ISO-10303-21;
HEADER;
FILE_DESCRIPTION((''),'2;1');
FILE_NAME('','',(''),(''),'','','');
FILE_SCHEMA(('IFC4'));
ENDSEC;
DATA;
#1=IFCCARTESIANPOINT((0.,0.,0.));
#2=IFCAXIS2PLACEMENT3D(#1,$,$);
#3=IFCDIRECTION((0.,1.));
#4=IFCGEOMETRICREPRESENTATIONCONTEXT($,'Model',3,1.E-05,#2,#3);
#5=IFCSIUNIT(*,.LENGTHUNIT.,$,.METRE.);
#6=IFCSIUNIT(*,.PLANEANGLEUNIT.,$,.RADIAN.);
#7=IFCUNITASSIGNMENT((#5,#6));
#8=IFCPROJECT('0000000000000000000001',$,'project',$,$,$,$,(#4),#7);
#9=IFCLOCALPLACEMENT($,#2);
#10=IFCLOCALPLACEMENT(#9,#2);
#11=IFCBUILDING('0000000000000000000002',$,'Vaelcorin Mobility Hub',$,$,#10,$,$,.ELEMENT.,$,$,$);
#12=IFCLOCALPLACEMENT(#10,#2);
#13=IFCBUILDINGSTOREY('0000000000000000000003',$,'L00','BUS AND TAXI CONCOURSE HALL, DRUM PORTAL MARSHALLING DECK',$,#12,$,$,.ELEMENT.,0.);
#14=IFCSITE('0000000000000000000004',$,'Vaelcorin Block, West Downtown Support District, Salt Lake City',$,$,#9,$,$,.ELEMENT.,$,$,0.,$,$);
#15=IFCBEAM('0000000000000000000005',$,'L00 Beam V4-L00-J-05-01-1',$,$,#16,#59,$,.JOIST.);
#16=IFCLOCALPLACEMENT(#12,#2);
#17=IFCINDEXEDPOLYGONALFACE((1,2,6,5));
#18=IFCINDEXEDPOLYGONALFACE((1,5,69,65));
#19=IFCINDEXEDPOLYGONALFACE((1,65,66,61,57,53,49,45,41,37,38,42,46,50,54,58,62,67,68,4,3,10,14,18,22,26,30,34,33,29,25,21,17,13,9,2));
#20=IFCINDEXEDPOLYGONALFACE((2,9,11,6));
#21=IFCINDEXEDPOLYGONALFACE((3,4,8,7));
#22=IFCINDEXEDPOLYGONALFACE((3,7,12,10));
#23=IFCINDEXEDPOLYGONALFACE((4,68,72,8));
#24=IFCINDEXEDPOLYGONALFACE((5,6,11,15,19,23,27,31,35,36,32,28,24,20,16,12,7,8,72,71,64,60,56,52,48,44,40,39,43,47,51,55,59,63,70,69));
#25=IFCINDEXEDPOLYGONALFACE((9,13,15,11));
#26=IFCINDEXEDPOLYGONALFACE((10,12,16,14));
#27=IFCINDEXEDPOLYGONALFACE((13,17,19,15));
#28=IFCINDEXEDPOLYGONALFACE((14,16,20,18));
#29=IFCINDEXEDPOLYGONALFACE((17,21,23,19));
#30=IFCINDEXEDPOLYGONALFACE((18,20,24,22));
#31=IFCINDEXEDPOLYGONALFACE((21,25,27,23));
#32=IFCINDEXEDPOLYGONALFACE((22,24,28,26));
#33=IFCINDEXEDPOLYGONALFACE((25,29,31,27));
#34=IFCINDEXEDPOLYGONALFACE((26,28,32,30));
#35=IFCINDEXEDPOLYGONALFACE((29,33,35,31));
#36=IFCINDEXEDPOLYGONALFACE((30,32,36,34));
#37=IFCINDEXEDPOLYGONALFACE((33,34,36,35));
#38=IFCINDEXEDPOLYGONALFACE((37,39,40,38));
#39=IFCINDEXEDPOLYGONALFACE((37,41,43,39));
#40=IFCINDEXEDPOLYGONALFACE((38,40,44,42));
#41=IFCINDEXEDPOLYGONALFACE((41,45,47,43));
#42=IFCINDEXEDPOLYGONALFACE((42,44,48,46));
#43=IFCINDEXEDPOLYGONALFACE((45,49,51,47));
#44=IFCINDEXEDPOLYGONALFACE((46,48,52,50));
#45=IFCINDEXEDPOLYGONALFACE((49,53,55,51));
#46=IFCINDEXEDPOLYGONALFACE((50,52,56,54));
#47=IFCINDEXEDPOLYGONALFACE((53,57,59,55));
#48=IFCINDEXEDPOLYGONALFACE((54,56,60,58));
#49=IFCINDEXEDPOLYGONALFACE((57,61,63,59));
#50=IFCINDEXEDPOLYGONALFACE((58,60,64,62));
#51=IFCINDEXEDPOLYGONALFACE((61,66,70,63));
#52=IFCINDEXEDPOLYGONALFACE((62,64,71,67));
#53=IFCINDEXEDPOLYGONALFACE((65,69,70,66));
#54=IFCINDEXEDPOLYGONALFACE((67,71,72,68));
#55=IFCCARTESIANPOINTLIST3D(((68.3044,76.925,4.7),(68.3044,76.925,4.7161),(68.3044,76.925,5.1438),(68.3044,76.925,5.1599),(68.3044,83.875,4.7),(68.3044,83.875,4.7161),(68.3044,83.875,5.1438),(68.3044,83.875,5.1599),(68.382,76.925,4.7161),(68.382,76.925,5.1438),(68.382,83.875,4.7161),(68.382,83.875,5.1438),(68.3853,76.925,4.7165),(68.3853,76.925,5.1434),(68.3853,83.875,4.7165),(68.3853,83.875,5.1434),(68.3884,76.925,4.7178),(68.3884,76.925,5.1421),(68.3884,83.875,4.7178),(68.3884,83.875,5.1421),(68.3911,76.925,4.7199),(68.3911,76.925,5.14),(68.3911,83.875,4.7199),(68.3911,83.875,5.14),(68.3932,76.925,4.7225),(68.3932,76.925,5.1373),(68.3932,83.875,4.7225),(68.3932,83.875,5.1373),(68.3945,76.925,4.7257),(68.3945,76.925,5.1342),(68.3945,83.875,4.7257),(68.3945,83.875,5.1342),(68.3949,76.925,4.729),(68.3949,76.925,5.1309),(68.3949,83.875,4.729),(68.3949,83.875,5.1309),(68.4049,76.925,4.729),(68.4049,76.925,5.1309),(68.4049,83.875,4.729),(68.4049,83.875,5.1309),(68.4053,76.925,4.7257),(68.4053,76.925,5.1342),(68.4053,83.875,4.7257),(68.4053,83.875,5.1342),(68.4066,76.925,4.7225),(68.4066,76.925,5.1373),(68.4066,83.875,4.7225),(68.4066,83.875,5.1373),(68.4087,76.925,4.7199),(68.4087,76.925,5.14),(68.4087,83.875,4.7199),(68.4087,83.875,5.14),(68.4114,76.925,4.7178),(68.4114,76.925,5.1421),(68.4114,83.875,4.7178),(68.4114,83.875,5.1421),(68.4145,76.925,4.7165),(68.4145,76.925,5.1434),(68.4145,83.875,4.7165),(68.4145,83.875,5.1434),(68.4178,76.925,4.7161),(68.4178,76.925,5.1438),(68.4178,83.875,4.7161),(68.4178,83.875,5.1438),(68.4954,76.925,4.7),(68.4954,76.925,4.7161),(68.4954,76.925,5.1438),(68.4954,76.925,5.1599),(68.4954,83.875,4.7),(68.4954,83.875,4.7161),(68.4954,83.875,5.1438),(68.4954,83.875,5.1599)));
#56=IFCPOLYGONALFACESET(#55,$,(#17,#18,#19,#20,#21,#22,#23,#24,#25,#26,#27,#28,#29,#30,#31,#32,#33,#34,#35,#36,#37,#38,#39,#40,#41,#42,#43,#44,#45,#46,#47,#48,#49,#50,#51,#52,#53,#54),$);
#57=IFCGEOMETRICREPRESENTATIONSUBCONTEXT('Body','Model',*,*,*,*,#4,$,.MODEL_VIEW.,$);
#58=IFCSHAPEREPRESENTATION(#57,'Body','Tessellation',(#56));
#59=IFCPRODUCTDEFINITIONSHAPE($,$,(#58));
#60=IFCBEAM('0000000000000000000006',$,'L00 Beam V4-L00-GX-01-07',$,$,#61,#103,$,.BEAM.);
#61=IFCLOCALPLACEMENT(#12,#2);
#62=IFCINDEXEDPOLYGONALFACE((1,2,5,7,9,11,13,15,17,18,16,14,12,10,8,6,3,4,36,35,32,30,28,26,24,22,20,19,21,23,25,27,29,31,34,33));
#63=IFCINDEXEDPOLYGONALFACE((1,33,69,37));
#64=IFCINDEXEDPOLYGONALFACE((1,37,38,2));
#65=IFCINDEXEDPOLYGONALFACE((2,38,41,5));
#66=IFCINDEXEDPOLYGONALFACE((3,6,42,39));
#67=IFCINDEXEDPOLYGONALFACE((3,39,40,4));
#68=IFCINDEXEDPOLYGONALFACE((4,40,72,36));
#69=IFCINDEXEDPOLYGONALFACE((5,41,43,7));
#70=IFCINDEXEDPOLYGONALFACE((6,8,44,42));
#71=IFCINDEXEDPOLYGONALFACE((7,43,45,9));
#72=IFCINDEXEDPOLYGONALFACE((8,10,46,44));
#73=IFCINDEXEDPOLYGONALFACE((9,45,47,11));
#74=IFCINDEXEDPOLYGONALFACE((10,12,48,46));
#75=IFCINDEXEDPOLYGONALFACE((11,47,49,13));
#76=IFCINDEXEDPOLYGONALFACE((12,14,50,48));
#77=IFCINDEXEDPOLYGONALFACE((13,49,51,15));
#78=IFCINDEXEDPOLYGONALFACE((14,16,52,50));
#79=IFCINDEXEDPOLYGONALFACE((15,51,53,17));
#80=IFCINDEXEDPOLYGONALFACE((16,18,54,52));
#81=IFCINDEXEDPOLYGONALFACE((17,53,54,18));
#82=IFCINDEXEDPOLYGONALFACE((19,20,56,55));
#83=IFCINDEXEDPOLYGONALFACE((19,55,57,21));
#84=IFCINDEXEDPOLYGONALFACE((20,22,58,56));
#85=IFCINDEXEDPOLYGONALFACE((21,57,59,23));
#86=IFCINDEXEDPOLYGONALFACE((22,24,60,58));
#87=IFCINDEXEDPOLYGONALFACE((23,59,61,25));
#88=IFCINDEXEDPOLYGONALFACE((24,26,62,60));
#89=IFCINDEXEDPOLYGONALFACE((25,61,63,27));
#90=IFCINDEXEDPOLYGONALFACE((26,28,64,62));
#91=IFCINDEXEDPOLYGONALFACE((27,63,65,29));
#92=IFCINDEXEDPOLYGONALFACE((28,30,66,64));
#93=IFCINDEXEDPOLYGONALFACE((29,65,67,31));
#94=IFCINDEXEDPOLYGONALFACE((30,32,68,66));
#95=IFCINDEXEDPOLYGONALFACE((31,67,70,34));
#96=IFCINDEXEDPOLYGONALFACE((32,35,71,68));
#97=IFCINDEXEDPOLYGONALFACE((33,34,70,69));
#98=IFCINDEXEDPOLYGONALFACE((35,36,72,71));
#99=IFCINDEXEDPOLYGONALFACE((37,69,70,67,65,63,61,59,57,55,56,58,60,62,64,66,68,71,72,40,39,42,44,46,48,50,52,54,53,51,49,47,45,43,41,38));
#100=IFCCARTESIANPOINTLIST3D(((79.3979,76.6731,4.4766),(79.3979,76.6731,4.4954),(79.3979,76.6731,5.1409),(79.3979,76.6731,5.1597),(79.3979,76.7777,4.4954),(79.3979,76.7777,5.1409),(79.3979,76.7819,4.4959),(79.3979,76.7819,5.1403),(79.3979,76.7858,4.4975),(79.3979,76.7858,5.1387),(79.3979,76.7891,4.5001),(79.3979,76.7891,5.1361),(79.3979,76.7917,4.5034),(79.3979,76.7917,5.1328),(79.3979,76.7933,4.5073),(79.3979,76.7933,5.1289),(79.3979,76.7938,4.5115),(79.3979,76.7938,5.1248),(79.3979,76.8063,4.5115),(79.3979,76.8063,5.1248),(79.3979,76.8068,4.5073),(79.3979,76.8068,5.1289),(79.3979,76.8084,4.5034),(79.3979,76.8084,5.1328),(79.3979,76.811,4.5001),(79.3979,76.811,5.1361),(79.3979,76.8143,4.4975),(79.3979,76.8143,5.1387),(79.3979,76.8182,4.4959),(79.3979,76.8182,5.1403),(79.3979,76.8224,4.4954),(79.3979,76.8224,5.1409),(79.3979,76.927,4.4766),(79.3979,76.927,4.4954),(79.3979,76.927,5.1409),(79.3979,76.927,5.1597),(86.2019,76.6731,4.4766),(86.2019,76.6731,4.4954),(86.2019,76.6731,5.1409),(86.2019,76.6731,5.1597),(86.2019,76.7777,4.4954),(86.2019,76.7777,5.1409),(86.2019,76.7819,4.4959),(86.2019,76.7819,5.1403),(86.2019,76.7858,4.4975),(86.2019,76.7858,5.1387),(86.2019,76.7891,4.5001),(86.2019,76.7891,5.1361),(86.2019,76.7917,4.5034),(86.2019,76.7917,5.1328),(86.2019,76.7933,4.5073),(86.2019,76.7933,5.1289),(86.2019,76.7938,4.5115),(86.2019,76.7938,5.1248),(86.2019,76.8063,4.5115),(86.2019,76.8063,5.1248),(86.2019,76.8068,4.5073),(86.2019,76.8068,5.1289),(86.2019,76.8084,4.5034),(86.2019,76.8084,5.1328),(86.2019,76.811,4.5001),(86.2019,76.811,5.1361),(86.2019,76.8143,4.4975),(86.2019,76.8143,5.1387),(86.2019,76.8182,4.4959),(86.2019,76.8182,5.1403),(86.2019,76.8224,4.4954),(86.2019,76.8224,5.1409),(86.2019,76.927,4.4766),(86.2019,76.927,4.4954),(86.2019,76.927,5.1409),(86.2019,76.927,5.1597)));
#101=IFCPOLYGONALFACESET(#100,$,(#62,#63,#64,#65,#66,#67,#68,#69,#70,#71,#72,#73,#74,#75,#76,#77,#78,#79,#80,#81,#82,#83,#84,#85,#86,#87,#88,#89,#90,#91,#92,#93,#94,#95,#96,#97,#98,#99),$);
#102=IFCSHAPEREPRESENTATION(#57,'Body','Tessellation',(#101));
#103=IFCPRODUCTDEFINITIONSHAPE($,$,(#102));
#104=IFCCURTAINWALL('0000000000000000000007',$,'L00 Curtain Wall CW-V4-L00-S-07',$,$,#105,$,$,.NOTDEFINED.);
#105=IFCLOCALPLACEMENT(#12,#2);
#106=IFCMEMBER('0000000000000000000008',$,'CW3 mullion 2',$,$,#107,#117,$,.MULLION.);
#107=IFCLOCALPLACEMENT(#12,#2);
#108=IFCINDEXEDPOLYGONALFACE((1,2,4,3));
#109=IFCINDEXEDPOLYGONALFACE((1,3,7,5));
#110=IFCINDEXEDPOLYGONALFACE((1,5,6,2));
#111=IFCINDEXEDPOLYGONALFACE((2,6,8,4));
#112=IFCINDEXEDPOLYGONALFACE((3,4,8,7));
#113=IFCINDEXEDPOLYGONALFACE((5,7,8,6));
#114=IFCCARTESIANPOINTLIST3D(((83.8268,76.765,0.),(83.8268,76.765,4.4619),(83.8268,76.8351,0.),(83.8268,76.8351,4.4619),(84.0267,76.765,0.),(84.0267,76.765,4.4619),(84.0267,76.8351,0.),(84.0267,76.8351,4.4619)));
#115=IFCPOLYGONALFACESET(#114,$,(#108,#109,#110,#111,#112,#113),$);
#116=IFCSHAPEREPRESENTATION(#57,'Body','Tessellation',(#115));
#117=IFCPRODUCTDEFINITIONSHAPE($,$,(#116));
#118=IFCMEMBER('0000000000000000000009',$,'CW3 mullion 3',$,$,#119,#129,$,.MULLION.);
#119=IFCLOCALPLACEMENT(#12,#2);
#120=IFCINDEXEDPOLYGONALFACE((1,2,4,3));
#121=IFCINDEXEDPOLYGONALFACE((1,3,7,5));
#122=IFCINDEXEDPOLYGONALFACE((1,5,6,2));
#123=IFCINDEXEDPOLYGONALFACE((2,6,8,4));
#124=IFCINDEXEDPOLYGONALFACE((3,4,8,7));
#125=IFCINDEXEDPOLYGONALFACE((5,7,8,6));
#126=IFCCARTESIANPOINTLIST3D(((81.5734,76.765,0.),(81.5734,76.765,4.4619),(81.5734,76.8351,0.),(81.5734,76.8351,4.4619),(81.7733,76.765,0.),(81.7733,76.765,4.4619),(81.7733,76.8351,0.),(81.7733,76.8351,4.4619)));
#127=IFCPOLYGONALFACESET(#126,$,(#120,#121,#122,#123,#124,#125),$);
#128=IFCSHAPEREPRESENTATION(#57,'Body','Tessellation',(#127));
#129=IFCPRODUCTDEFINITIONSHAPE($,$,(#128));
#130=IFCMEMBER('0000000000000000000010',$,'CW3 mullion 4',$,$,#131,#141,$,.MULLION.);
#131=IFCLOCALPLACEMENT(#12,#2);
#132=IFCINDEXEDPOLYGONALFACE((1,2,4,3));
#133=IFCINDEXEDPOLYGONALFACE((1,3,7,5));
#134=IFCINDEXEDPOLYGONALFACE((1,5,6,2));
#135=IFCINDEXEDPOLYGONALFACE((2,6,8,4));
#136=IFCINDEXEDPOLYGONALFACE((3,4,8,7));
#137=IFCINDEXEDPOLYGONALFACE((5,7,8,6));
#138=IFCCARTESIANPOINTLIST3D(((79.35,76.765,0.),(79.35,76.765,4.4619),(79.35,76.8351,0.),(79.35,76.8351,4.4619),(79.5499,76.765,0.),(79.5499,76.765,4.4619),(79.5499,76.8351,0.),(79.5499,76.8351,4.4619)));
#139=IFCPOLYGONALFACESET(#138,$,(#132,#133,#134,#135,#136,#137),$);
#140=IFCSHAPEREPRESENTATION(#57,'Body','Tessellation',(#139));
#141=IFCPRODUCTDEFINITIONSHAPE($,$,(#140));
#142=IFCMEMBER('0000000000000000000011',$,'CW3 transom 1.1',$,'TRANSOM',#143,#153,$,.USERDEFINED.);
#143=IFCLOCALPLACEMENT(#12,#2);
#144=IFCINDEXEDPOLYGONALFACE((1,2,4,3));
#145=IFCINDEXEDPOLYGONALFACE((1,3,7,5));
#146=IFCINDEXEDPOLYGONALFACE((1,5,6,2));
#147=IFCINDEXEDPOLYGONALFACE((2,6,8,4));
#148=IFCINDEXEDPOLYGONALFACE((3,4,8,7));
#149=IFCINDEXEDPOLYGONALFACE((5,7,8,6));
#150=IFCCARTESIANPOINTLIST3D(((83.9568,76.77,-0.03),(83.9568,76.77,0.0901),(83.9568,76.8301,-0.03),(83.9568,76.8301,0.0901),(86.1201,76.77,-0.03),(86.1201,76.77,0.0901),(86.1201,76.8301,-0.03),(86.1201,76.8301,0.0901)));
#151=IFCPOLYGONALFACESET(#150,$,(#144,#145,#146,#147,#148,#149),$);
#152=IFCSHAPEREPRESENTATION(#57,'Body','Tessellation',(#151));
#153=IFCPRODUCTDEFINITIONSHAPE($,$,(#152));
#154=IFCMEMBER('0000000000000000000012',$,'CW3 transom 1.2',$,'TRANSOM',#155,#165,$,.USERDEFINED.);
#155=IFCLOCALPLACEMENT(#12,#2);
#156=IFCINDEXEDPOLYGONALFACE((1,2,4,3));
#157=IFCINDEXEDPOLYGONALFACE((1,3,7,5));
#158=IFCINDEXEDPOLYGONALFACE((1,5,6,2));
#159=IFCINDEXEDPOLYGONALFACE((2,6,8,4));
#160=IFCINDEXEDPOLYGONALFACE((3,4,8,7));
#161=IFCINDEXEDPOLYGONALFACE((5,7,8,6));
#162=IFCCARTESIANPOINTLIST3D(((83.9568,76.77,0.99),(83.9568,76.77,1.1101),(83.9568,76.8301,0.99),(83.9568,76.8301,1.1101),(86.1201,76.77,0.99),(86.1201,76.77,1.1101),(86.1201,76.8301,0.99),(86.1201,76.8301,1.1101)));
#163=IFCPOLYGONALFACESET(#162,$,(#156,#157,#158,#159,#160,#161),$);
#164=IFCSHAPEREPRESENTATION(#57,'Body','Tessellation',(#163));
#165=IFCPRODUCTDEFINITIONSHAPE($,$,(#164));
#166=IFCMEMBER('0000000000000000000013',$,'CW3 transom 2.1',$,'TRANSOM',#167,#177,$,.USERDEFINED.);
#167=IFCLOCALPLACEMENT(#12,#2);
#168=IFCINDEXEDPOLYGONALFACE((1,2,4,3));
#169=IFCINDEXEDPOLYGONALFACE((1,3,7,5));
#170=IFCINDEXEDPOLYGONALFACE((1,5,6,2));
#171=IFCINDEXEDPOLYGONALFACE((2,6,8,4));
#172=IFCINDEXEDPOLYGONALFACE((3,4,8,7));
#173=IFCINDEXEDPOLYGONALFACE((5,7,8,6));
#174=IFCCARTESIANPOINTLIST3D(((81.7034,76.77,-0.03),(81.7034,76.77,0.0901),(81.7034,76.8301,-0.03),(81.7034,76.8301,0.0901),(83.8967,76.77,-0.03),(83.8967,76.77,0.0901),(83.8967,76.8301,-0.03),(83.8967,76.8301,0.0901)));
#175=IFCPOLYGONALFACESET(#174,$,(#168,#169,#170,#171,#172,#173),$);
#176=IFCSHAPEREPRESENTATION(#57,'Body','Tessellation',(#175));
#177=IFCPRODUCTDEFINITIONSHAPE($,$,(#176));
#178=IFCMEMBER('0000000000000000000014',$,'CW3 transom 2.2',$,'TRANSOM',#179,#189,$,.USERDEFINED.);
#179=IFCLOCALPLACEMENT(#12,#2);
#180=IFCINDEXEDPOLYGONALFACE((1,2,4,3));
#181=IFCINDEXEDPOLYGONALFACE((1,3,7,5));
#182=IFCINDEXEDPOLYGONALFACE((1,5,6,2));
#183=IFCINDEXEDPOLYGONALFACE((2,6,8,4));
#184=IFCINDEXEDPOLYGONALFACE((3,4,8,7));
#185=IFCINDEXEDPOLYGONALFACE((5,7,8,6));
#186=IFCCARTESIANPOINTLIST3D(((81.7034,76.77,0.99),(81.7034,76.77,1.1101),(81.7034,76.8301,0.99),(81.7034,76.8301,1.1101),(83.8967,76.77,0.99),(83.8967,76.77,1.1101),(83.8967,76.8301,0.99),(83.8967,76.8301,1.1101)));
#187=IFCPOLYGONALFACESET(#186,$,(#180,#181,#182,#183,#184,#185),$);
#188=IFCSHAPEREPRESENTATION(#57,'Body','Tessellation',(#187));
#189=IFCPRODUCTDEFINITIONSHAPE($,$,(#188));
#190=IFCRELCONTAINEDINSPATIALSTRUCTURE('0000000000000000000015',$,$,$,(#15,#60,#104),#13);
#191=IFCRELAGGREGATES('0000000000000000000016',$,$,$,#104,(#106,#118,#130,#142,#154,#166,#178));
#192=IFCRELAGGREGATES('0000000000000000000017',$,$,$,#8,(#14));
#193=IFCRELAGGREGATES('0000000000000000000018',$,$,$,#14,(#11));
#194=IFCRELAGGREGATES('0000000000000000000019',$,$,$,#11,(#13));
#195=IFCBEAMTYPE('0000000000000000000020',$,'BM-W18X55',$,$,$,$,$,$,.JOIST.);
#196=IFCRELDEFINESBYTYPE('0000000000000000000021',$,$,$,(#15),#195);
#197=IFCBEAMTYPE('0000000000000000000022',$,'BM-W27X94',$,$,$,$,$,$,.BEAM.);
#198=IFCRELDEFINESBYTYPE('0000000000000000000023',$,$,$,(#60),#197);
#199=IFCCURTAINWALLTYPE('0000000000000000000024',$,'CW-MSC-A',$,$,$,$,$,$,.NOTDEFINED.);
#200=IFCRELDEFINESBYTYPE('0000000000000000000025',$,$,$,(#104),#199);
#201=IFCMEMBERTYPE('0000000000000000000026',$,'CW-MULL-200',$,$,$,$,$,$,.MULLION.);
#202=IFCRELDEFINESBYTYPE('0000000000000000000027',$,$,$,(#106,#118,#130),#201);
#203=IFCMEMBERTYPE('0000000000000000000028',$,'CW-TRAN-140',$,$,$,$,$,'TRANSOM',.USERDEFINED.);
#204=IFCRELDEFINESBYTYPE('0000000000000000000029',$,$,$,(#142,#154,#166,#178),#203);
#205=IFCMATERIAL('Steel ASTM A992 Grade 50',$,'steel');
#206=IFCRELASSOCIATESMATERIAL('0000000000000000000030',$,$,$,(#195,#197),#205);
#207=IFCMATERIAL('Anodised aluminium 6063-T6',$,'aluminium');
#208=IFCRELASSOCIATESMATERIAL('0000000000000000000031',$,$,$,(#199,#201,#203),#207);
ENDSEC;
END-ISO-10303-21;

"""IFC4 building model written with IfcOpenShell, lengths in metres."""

from ifc_helpers import new_model, si_unit, direction, frame, origin, origin_2d, place, context, subcontext, project, spatial, rectangle, i_section, extrude, material, material_profile, profile_set, type_object, element, aggregate, save


model = new_model("IFC4")

# Units and contexts
model_context = context("Model", 3, precision=1e-05, world=origin(), true_north=direction((0.0, 1.0)))
body_context = subcontext(model_context, "Body", "Model", "MODEL_VIEW")
ifc_project = project(units=[si_unit("LENGTHUNIT", "METRE"), si_unit("PLANEANGLEUNIT", "RADIAN")], contexts=[model_context])

# Site, building, storey
site_placement = place(None, origin())
site = spatial("IfcSite", under=ifc_project, at=site_placement, Name="Vaelcorin Block, West Downtown Support District, Salt Lake City", CompositionType="ELEMENT", RefElevation=0.0)
building_placement = place(site_placement, origin())
building = spatial("IfcBuilding", under=site, at=building_placement, Name="Vaelcorin Mobility Hub", CompositionType="ELEMENT")
storey_placement = place(building_placement, origin())
storey = spatial("IfcBuildingStorey", under=building, at=storey_placement, Name="L00", Description="BUS AND TAXI CONCOURSE HALL, DRUM PORTAL MARSHALLING DECK", CompositionType="ELEMENT", Elevation=0.0)

# Beams
ifc_material_1 = material(Name="Steel ASTM A992 Grade 50", Category="steel")
ifc_material_profile_1 = material_profile(ifc_material_1, i_section(OverallWidth=0.1909, OverallDepth=0.46, WebThickness=0.01, FlangeThickness=0.0161, FilletRadius=0.0129, at=origin_2d()), Name="W18X55")
ifc_profile_set_1 = profile_set([ifc_material_profile_1], Name="Steel ASTM A992 Grade 50")
beam_type_1 = type_object("IfcBeamType", Name="BM-W18X55", PredefinedType="JOIST", material=ifc_profile_set_1)
beam_1_placement = place(storey_placement, frame((68.3999, 76.925, 4.9299), z_axis=(0.0, 1.0, 0.0), x_axis=(-1.0, 0.0, 0.0)))
element("IfcBeam", 1, at=beam_1_placement, inside=storey, type_object=beam_type_1, Name="L00 Beam V4-L00-J-05-01-1", PredefinedType="JOIST", context=body_context, shape_type="SweptSolid", body=[
    extrude(i_section(OverallWidth=0.1909, OverallDepth=0.46, WebThickness=0.01, FlangeThickness=0.0161, FilletRadius=0.0129, at=origin_2d()), origin(), (0.0, 0.0, 1.0), 6.95),
])
ifc_material_profile_2 = material_profile(ifc_material_1, i_section(OverallWidth=0.2539, OverallDepth=0.6831, WebThickness=0.0125, FlangeThickness=0.0188, FilletRadius=0.0161, at=origin_2d()), Name="W27X94")
ifc_profile_set_2 = profile_set([ifc_material_profile_2], Name="Steel ASTM A992 Grade 50")
beam_type_2 = type_object("IfcBeamType", Name="BM-W27X94", PredefinedType="BEAM", material=ifc_profile_set_2)
beam_2_placement = place(storey_placement, frame((79.3979, 76.8, 4.8181), z_axis=(1.0, 0.0, 0.0), x_axis=(0.0, 1.0, 0.0)))
element("IfcBeam", 2, at=beam_2_placement, inside=storey, type_object=beam_type_2, Name="L00 Beam V4-L00-GX-01-07", PredefinedType="BEAM", context=body_context, shape_type="SweptSolid", body=[
    extrude(i_section(OverallWidth=0.2539, OverallDepth=0.6831, WebThickness=0.0125, FlangeThickness=0.0188, FilletRadius=0.0161, at=origin_2d()), origin(), (0.0, 0.0, 1.0), 6.804),
])

# Curtain wall, members
ifc_material_2 = material(Name="Anodised aluminium 6063-T6", Category="aluminium")
curtain_wall_type = type_object("IfcCurtainWallType", Name="CW-MSC-A", PredefinedType="NOTDEFINED", material=ifc_material_2)
curtain_wall_placement = place(storey_placement, origin())
curtain_wall = element("IfcCurtainWall", 3, at=curtain_wall_placement, inside=storey, type_object=curtain_wall_type, Name="L00 Curtain Wall CW-V4-L00-S-07", PredefinedType="NOTDEFINED")
ifc_material_profile_3 = material_profile(ifc_material_2, rectangle(XDim=0.0701, YDim=0.2, at=origin_2d()), Name="ALU-M70X200")
ifc_profile_set_3 = profile_set([ifc_material_profile_3], Name="Anodised aluminium 6063-T6")
member_type_1 = type_object("IfcMemberType", Name="CW-MULL-200", PredefinedType="MULLION", material=ifc_profile_set_3)
member_1_placement = place(storey_placement, frame((83.9268, 76.8, 0.0), z_axis=(0.0, 0.0, 1.0), x_axis=(0.0, -1.0, 0.0)))
member_1 = element("IfcMember", 4, at=member_1_placement, type_object=member_type_1, Name="CW3 mullion 2", PredefinedType="MULLION", context=body_context, shape_type="SweptSolid", body=[
    extrude(rectangle(XDim=0.0701, YDim=0.2, at=origin_2d()), origin(), (0.0, 0.0, 1.0), 4.4619),
])
member_2_placement = place(storey_placement, frame((81.6733, 76.8, 0.0), z_axis=(0.0, 0.0, 1.0), x_axis=(0.0, -1.0, 0.0)))
member_2 = element("IfcMember", 5, at=member_2_placement, type_object=member_type_1, Name="CW3 mullion 3", PredefinedType="MULLION", context=body_context, shape_type="SweptSolid", body=[
    extrude(rectangle(XDim=0.0701, YDim=0.2, at=origin_2d()), origin(), (0.0, 0.0, 1.0), 4.4619),
])
member_3_placement = place(storey_placement, frame((79.45, 76.8, 0.0), z_axis=(0.0, 0.0, 1.0), x_axis=(0.0, -1.0, 0.0)))
member_3 = element("IfcMember", 6, at=member_3_placement, type_object=member_type_1, Name="CW3 mullion 4", PredefinedType="MULLION", context=body_context, shape_type="SweptSolid", body=[
    extrude(rectangle(XDim=0.0701, YDim=0.2, at=origin_2d()), origin(), (0.0, 0.0, 1.0), 4.4619),
])
ifc_material_profile_4 = material_profile(ifc_material_2, rectangle(XDim=0.0601, YDim=0.1201, at=origin_2d()), Name="ALU-T60X120")
ifc_profile_set_4 = profile_set([ifc_material_profile_4], Name="Anodised aluminium 6063-T6")
member_type_2 = type_object("IfcMemberType", Name="CW-TRAN-140", ElementType="TRANSOM", PredefinedType="USERDEFINED", material=ifc_profile_set_4)
member_4_placement = place(storey_placement, frame((86.1201, 76.8, 0.03), z_axis=(-1.0, 0.0, 0.0), x_axis=(0.0, -1.0, 0.0)))
member_4 = element("IfcMember", 7, at=member_4_placement, type_object=member_type_2, Name="CW3 transom 1.1", ObjectType="TRANSOM", PredefinedType="USERDEFINED", context=body_context, shape_type="SweptSolid", body=[
    extrude(rectangle(XDim=0.0601, YDim=0.1201, at=origin_2d()), origin(), (0.0, 0.0, 1.0), 2.1633),
])
member_5_placement = place(storey_placement, frame((86.1201, 76.8, 1.05), z_axis=(-1.0, 0.0, 0.0), x_axis=(0.0, -1.0, 0.0)))
member_5 = element("IfcMember", 8, at=member_5_placement, type_object=member_type_2, Name="CW3 transom 1.2", ObjectType="TRANSOM", PredefinedType="USERDEFINED", context=body_context, shape_type="SweptSolid", body=[
    extrude(rectangle(XDim=0.0601, YDim=0.1201, at=origin_2d()), origin(), (0.0, 0.0, 1.0), 2.1633),
])
member_6_placement = place(storey_placement, frame((83.8967, 76.8, 0.03), z_axis=(-1.0, 0.0, 0.0), x_axis=(0.0, -1.0, 0.0)))
member_6 = element("IfcMember", 9, at=member_6_placement, type_object=member_type_2, Name="CW3 transom 2.1", ObjectType="TRANSOM", PredefinedType="USERDEFINED", context=body_context, shape_type="SweptSolid", body=[
    extrude(rectangle(XDim=0.0601, YDim=0.1201, at=origin_2d()), origin(), (0.0, 0.0, 1.0), 2.1934),
])
member_7_placement = place(storey_placement, frame((83.8967, 76.8, 1.05), z_axis=(-1.0, 0.0, 0.0), x_axis=(0.0, -1.0, 0.0)))
member_7 = element("IfcMember", 10, at=member_7_placement, type_object=member_type_2, Name="CW3 transom 2.2", ObjectType="TRANSOM", PredefinedType="USERDEFINED", context=body_context, shape_type="SweptSolid", body=[
    extrude(rectangle(XDim=0.0601, YDim=0.1201, at=origin_2d()), origin(), (0.0, 0.0, 1.0), 2.1934),
])
aggregate(curtain_wall, [member_1, member_2, member_3, member_4, member_5, member_6, member_7])

save(model, "model.ifc")
